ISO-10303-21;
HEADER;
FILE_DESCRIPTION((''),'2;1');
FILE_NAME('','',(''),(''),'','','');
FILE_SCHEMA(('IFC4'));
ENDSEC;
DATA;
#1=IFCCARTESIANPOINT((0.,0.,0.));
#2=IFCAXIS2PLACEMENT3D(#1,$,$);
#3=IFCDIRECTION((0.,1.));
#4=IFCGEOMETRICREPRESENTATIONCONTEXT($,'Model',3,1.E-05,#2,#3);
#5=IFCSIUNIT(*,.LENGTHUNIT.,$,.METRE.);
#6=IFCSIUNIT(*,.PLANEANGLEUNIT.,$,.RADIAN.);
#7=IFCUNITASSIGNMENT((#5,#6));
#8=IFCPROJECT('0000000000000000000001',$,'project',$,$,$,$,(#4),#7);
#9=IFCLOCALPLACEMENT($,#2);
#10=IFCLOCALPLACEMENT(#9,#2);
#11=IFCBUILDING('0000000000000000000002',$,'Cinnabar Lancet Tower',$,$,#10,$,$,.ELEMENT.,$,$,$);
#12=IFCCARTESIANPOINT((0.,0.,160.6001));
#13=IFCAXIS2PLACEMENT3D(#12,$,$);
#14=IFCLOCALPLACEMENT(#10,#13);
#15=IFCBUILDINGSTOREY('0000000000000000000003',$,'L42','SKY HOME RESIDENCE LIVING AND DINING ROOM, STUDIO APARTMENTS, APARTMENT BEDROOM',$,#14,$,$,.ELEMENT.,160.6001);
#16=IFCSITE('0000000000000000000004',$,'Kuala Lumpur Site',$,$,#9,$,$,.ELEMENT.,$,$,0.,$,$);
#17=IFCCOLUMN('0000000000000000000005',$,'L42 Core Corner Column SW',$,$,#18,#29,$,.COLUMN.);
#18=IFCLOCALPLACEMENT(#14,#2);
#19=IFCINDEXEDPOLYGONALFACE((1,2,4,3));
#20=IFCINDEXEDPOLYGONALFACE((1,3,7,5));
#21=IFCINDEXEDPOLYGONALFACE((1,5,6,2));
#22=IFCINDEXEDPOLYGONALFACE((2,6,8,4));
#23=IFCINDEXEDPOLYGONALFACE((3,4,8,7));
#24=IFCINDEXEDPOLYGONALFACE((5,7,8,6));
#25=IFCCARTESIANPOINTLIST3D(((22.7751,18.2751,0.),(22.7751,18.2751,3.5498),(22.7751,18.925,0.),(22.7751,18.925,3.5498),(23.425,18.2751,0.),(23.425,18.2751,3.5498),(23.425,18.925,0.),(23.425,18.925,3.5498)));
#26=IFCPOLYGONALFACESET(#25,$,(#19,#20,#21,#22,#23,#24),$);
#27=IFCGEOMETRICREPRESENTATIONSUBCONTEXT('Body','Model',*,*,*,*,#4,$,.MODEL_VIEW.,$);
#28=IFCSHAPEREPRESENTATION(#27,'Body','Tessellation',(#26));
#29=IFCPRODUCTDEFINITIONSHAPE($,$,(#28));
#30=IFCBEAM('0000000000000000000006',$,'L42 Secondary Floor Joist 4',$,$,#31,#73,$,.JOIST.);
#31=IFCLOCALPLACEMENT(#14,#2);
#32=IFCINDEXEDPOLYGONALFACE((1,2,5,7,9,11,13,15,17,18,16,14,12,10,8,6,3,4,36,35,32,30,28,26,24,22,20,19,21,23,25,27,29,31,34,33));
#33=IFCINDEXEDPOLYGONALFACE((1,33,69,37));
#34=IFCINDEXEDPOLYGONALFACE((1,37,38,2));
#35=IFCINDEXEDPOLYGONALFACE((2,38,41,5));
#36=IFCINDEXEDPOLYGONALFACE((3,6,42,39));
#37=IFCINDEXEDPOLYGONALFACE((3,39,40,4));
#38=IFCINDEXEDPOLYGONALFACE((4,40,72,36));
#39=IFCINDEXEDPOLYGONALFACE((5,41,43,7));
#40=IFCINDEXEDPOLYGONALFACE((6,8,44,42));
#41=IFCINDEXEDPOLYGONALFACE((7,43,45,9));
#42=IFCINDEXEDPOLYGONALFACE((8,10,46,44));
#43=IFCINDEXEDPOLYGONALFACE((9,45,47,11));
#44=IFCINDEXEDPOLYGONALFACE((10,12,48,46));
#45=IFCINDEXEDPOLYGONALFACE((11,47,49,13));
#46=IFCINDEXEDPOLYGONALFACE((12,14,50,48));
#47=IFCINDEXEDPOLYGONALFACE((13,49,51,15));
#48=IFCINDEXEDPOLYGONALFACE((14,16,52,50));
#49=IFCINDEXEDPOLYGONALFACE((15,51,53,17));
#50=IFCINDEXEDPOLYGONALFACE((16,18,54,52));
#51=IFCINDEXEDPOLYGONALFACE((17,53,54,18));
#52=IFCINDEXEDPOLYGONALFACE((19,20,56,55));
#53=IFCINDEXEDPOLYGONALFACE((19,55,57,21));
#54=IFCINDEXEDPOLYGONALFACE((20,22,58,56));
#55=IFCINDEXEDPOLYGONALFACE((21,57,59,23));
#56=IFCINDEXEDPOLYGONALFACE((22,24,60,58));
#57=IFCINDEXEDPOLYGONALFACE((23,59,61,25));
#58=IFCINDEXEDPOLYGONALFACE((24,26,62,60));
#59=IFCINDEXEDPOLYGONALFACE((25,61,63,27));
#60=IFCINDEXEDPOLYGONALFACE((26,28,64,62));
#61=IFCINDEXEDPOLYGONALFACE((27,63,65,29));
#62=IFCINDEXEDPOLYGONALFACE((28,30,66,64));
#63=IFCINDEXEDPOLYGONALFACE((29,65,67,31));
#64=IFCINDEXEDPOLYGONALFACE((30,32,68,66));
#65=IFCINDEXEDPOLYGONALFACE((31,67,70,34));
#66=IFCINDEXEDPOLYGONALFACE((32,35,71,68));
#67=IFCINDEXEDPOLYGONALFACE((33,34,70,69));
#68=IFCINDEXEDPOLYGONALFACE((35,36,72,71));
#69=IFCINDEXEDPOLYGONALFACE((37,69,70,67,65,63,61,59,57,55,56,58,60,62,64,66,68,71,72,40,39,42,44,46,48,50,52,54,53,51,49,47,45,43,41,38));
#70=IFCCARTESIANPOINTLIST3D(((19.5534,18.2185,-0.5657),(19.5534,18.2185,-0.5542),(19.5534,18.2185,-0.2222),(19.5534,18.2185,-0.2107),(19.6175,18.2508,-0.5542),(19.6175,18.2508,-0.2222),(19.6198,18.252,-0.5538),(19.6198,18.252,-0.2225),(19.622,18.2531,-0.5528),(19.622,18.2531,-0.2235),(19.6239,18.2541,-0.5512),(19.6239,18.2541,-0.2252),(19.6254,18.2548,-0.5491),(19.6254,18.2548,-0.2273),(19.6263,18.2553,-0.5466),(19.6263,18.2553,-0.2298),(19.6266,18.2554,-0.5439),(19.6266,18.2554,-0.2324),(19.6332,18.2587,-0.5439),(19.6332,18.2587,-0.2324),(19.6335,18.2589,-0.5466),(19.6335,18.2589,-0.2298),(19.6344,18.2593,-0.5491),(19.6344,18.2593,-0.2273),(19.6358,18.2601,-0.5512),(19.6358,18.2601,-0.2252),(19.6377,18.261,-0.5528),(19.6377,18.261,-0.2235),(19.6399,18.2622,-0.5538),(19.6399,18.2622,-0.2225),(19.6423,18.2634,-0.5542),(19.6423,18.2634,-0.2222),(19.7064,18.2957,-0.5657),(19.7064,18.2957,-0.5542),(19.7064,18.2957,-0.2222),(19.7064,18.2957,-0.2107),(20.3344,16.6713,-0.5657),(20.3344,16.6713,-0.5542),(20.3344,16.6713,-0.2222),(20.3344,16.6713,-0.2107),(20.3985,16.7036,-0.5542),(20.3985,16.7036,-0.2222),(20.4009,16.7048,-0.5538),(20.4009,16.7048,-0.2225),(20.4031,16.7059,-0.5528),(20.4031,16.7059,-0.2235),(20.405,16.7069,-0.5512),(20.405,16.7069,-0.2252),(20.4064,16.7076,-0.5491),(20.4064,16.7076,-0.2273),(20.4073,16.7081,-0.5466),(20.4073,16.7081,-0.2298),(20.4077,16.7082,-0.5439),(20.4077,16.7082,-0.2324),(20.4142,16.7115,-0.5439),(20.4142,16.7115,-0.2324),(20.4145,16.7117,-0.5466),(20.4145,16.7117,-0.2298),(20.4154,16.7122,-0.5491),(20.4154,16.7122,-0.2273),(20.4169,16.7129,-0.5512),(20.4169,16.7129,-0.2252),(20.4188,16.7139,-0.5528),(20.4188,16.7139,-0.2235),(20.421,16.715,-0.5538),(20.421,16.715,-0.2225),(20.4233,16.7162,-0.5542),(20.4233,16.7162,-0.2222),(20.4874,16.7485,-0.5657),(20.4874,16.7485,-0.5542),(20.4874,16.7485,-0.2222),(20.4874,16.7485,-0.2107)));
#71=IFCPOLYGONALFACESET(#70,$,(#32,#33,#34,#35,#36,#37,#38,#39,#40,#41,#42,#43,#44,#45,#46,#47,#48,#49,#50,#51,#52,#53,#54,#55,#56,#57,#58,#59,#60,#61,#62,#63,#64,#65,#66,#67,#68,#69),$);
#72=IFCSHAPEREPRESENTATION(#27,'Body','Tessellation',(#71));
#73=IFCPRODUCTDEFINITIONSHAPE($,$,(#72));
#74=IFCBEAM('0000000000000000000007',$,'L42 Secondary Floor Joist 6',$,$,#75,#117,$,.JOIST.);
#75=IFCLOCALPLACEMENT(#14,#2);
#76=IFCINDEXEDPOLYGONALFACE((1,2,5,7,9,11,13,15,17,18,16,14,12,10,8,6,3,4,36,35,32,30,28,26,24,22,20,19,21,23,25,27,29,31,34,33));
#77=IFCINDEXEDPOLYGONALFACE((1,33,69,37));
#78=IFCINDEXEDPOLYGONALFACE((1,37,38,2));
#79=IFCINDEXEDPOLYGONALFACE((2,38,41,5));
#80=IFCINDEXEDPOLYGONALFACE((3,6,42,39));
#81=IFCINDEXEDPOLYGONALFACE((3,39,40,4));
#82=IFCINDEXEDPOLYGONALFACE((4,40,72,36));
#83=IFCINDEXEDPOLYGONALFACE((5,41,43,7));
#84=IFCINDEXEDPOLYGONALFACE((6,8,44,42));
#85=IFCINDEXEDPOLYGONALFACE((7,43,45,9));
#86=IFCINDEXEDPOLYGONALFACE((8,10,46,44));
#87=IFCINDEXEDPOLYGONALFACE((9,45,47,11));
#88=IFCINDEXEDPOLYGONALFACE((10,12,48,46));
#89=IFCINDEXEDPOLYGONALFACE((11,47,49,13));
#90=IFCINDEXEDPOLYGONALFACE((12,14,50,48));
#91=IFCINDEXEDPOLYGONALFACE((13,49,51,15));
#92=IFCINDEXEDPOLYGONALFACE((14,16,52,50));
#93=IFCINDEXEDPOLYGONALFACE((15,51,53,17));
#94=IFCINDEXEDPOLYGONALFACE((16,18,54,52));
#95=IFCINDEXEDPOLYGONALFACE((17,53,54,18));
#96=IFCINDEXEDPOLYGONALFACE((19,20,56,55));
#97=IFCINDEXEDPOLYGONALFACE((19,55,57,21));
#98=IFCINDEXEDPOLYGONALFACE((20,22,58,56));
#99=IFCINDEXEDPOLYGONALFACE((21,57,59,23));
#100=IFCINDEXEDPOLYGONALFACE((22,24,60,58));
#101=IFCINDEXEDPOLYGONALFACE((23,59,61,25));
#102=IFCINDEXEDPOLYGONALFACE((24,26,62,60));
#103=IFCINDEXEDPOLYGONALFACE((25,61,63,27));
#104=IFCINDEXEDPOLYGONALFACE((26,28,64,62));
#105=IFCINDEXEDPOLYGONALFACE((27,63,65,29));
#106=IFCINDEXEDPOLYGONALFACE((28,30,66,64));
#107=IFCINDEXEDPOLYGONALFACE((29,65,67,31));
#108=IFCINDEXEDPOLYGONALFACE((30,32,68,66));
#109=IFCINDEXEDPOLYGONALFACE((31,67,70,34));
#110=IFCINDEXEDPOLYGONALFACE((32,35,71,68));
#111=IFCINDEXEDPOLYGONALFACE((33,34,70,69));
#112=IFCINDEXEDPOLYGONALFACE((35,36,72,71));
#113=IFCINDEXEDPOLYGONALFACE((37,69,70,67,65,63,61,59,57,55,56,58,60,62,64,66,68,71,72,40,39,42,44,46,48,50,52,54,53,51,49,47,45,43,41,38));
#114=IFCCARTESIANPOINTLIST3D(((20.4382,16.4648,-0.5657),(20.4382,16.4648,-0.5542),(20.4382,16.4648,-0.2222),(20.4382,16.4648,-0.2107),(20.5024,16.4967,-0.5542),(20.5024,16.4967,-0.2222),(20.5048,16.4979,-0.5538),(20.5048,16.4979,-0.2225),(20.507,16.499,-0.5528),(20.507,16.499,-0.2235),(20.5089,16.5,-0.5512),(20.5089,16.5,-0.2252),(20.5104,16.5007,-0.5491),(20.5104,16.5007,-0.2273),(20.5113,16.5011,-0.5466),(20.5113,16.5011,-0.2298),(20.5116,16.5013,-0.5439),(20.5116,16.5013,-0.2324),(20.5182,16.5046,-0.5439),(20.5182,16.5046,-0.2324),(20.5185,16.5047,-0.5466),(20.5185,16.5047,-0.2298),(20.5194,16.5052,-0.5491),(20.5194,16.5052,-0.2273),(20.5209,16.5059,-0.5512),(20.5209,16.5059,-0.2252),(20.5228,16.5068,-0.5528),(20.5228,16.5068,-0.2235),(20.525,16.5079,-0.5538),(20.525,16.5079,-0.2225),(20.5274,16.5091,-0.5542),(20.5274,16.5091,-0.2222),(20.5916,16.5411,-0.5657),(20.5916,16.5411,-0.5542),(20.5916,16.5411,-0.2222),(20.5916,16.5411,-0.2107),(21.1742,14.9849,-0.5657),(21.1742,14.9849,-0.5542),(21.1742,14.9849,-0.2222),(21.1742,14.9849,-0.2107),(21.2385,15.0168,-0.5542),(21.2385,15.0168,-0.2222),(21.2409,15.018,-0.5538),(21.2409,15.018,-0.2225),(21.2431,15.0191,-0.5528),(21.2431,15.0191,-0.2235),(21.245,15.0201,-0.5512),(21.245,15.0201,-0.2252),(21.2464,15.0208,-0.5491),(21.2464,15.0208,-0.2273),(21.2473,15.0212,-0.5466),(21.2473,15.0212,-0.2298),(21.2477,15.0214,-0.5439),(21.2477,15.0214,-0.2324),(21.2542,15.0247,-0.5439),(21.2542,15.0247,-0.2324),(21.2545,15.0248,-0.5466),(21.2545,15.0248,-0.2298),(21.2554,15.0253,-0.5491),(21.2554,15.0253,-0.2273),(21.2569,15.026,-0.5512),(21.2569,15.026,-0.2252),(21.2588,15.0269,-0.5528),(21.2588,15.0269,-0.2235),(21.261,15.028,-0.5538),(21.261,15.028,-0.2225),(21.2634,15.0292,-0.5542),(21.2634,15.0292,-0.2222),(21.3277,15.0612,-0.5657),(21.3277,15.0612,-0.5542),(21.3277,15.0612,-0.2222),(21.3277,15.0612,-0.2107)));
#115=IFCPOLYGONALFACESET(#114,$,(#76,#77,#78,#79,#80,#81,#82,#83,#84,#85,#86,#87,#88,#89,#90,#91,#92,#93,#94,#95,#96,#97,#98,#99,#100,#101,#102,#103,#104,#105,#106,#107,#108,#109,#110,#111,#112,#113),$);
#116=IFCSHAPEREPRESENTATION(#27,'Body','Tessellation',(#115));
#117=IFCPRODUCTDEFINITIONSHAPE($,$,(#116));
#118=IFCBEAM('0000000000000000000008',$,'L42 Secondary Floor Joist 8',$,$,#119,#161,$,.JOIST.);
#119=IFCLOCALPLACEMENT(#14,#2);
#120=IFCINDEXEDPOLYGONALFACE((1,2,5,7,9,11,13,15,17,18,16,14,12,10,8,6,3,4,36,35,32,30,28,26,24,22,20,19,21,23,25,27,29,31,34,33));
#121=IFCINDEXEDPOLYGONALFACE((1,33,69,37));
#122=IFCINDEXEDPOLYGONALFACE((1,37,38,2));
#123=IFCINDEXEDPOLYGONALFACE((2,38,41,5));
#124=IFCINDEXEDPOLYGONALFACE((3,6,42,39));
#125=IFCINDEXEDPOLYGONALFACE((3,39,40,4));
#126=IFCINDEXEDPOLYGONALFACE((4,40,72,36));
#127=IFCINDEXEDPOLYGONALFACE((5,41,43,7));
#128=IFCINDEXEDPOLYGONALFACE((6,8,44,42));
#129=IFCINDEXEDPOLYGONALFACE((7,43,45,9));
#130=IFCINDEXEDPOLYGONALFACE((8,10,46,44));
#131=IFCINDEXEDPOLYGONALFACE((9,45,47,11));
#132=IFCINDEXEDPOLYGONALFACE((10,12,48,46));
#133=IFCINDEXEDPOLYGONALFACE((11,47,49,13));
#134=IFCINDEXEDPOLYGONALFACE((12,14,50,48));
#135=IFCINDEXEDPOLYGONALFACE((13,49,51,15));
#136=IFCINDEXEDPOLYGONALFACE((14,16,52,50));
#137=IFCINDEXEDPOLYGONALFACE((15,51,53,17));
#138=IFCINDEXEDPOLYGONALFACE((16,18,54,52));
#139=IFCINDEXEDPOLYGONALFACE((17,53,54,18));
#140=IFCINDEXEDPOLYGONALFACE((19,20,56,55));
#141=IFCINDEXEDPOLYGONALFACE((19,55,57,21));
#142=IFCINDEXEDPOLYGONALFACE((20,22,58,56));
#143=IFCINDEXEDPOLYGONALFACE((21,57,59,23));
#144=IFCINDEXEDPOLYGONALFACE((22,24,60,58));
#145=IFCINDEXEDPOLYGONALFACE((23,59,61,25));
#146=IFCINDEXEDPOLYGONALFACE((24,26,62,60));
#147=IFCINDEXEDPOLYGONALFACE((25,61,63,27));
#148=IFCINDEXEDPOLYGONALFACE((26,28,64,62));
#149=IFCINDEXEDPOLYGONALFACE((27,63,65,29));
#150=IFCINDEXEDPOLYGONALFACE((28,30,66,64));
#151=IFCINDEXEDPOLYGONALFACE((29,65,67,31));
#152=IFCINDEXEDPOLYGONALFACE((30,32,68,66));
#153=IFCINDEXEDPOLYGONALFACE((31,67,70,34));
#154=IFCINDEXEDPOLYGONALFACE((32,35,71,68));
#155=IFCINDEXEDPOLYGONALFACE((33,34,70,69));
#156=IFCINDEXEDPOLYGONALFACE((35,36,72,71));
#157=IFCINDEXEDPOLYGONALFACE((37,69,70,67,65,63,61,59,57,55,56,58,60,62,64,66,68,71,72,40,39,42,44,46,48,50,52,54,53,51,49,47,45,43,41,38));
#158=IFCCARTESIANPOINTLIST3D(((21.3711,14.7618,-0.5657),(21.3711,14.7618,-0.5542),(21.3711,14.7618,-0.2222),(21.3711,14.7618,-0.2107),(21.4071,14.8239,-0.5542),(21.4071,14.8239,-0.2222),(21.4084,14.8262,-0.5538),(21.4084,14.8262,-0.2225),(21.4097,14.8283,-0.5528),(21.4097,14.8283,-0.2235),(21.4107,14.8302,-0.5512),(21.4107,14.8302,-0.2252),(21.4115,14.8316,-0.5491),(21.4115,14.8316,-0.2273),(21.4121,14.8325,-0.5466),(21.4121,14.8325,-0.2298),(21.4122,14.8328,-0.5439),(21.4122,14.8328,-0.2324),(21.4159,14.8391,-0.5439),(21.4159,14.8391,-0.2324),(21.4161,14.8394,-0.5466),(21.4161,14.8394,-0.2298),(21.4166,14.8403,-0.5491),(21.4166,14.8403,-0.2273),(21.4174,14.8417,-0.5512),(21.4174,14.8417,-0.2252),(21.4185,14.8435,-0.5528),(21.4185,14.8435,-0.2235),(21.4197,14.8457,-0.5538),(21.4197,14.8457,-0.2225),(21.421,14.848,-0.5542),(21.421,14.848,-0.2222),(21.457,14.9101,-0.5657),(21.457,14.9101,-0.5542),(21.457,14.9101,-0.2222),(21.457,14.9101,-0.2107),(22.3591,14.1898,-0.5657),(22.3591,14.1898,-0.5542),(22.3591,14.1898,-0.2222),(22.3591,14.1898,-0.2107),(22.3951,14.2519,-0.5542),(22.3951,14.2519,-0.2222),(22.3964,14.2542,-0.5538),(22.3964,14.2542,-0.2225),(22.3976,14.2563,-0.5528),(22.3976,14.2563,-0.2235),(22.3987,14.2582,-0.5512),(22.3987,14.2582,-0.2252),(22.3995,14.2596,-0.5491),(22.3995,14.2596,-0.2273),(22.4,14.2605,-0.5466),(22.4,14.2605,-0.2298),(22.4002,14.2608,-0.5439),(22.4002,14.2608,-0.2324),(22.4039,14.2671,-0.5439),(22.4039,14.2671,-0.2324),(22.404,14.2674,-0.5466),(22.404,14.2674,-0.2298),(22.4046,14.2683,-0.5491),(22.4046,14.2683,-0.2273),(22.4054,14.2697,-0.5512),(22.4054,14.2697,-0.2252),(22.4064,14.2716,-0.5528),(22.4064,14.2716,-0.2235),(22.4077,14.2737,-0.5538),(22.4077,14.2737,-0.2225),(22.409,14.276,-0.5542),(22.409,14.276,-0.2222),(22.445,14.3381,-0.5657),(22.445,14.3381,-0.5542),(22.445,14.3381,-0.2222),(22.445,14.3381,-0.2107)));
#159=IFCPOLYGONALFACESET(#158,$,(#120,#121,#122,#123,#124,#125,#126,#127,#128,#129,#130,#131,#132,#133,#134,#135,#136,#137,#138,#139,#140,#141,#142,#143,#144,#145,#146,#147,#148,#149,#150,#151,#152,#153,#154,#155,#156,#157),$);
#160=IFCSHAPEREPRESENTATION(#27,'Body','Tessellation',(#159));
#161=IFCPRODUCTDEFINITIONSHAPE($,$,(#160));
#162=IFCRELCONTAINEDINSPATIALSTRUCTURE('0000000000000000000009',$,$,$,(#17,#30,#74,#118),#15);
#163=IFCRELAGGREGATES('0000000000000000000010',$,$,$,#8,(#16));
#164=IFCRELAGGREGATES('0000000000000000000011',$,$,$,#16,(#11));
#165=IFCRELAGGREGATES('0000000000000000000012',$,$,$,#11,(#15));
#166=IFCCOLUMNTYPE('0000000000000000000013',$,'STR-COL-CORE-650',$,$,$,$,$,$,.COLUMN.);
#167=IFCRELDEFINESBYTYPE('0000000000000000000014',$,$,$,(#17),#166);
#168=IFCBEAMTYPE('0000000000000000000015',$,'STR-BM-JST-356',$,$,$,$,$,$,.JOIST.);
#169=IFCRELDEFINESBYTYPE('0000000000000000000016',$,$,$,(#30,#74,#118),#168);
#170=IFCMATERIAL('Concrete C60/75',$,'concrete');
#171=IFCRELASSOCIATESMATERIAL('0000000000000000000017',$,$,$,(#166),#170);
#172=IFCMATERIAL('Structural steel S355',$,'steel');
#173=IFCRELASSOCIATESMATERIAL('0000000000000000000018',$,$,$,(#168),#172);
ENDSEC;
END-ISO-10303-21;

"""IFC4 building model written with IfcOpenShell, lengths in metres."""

from ifc_helpers import new_model, si_unit, direction, frame, origin, origin_2d, place, context, subcontext, project, spatial, rectangle, i_section, extrude, material, material_profile, profile_set, type_object, element, save


model = new_model("IFC4")

# Units and contexts
model_context = context("Model", 3, precision=1e-05, world=origin(), true_north=direction((0.0, 1.0)))
body_context = subcontext(model_context, "Body", "Model", "MODEL_VIEW")
ifc_project = project(units=[si_unit("LENGTHUNIT", "METRE"), si_unit("PLANEANGLEUNIT", "RADIAN")], contexts=[model_context])

# Site, building, storey
site_placement = place(None, origin())
site = spatial("IfcSite", under=ifc_project, at=site_placement, Name="Kuala Lumpur Site", CompositionType="ELEMENT", RefElevation=0.0)
building_placement = place(site_placement, origin())
building = spatial("IfcBuilding", under=site, at=building_placement, Name="Cinnabar Lancet Tower", CompositionType="ELEMENT")
storey_placement = place(building_placement, frame((0.0, 0.0, 160.6001)))
storey = spatial("IfcBuildingStorey", under=building, at=storey_placement, Name="L42", Description="SKY HOME RESIDENCE LIVING AND DINING ROOM, STUDIO APARTMENTS, APARTMENT BEDROOM", CompositionType="ELEMENT", Elevation=160.6001)

# Column
ifc_material_1 = material(Name="Concrete C60/75", Category="concrete")
ifc_material_profile_1 = material_profile(ifc_material_1, rectangle(XDim=0.6499, YDim=0.6499, at=origin_2d()), Name="RC-COL 650x650")
ifc_profile_set_1 = profile_set([ifc_material_profile_1], Name="Concrete C60/75")
column_type = type_object("IfcColumnType", Name="STR-COL-CORE-650", PredefinedType="COLUMN", material=ifc_profile_set_1)
column_placement = place(storey_placement, frame((23.1001, 18.6001, 0.0), z_axis=(0.0, 0.0, 1.0), x_axis=(1.0, 0.0, 0.0)))
element("IfcColumn", 1, at=column_placement, inside=storey, type_object=column_type, Name="L42 Core Corner Column SW", PredefinedType="COLUMN", context=body_context, shape_type="SweptSolid", body=[
    extrude(rectangle(XDim=0.6499, YDim=0.6499, at=origin_2d()), origin(), (0.0, 0.0, 1.0), 3.5498),
])

# Beams
ifc_material_2 = material(Name="Structural steel S355", Category="steel")
ifc_material_profile_2 = material_profile(ifc_material_2, i_section(OverallWidth=0.1714, OverallDepth=0.355, WebThickness=0.0073, FlangeThickness=0.0115, FilletRadius=0.0103, at=origin_2d()), Name="UKB 356x171x51")
ifc_profile_set_2 = profile_set([ifc_material_profile_2], Name="Structural steel S355")
beam_type_1 = type_object("IfcBeamType", Name="STR-BM-JST-356", PredefinedType="JOIST", material=ifc_profile_set_2)
beam_1_placement = place(storey_placement, frame((19.6299, 18.2571, -0.3882), z_axis=(0.450648, -0.892702, 0.0), x_axis=(0.892702, 0.450648, 0.0)))
element("IfcBeam", 2, at=beam_1_placement, inside=storey, type_object=beam_type_1, Name="L42 Secondary Floor Joist 4", PredefinedType="JOIST", context=body_context, shape_type="SweptSolid", body=[
    extrude(i_section(OverallWidth=0.1714, OverallDepth=0.355, WebThickness=0.0073, FlangeThickness=0.0115, FilletRadius=0.0103, at=origin_2d()), origin(), (0.0, 0.0, 1.0), 1.7332),
])
beam_2_placement = place(storey_placement, frame((20.5149, 16.5029, -0.3882), z_axis=(0.445322, -0.89537, 0.0), x_axis=(0.89537, 0.445322, 0.0)))
element("IfcBeam", 3, at=beam_2_placement, inside=storey, type_object=beam_type_1, Name="L42 Secondary Floor Joist 6", PredefinedType="JOIST", context=body_context, shape_type="SweptSolid", body=[
    extrude(i_section(OverallWidth=0.1714, OverallDepth=0.355, WebThickness=0.0073, FlangeThickness=0.0115, FilletRadius=0.0103, at=origin_2d()), origin(), (0.0, 0.0, 1.0), 1.6528),
])
beam_3_placement = place(storey_placement, frame((21.4141, 14.8359, -0.3882), z_axis=(0.865426, -0.501036, 0.0), x_axis=(0.501036, 0.865426, 0.0)))
element("IfcBeam", 4, at=beam_3_placement, inside=storey, type_object=beam_type_1, Name="L42 Secondary Floor Joist 8", PredefinedType="JOIST", context=body_context, shape_type="SweptSolid", body=[
    extrude(i_section(OverallWidth=0.1714, OverallDepth=0.355, WebThickness=0.0073, FlangeThickness=0.0115, FilletRadius=0.0103, at=origin_2d()), origin(), (0.0, 0.0, 1.0), 1.1416),
])

save(model, "model.ifc")
